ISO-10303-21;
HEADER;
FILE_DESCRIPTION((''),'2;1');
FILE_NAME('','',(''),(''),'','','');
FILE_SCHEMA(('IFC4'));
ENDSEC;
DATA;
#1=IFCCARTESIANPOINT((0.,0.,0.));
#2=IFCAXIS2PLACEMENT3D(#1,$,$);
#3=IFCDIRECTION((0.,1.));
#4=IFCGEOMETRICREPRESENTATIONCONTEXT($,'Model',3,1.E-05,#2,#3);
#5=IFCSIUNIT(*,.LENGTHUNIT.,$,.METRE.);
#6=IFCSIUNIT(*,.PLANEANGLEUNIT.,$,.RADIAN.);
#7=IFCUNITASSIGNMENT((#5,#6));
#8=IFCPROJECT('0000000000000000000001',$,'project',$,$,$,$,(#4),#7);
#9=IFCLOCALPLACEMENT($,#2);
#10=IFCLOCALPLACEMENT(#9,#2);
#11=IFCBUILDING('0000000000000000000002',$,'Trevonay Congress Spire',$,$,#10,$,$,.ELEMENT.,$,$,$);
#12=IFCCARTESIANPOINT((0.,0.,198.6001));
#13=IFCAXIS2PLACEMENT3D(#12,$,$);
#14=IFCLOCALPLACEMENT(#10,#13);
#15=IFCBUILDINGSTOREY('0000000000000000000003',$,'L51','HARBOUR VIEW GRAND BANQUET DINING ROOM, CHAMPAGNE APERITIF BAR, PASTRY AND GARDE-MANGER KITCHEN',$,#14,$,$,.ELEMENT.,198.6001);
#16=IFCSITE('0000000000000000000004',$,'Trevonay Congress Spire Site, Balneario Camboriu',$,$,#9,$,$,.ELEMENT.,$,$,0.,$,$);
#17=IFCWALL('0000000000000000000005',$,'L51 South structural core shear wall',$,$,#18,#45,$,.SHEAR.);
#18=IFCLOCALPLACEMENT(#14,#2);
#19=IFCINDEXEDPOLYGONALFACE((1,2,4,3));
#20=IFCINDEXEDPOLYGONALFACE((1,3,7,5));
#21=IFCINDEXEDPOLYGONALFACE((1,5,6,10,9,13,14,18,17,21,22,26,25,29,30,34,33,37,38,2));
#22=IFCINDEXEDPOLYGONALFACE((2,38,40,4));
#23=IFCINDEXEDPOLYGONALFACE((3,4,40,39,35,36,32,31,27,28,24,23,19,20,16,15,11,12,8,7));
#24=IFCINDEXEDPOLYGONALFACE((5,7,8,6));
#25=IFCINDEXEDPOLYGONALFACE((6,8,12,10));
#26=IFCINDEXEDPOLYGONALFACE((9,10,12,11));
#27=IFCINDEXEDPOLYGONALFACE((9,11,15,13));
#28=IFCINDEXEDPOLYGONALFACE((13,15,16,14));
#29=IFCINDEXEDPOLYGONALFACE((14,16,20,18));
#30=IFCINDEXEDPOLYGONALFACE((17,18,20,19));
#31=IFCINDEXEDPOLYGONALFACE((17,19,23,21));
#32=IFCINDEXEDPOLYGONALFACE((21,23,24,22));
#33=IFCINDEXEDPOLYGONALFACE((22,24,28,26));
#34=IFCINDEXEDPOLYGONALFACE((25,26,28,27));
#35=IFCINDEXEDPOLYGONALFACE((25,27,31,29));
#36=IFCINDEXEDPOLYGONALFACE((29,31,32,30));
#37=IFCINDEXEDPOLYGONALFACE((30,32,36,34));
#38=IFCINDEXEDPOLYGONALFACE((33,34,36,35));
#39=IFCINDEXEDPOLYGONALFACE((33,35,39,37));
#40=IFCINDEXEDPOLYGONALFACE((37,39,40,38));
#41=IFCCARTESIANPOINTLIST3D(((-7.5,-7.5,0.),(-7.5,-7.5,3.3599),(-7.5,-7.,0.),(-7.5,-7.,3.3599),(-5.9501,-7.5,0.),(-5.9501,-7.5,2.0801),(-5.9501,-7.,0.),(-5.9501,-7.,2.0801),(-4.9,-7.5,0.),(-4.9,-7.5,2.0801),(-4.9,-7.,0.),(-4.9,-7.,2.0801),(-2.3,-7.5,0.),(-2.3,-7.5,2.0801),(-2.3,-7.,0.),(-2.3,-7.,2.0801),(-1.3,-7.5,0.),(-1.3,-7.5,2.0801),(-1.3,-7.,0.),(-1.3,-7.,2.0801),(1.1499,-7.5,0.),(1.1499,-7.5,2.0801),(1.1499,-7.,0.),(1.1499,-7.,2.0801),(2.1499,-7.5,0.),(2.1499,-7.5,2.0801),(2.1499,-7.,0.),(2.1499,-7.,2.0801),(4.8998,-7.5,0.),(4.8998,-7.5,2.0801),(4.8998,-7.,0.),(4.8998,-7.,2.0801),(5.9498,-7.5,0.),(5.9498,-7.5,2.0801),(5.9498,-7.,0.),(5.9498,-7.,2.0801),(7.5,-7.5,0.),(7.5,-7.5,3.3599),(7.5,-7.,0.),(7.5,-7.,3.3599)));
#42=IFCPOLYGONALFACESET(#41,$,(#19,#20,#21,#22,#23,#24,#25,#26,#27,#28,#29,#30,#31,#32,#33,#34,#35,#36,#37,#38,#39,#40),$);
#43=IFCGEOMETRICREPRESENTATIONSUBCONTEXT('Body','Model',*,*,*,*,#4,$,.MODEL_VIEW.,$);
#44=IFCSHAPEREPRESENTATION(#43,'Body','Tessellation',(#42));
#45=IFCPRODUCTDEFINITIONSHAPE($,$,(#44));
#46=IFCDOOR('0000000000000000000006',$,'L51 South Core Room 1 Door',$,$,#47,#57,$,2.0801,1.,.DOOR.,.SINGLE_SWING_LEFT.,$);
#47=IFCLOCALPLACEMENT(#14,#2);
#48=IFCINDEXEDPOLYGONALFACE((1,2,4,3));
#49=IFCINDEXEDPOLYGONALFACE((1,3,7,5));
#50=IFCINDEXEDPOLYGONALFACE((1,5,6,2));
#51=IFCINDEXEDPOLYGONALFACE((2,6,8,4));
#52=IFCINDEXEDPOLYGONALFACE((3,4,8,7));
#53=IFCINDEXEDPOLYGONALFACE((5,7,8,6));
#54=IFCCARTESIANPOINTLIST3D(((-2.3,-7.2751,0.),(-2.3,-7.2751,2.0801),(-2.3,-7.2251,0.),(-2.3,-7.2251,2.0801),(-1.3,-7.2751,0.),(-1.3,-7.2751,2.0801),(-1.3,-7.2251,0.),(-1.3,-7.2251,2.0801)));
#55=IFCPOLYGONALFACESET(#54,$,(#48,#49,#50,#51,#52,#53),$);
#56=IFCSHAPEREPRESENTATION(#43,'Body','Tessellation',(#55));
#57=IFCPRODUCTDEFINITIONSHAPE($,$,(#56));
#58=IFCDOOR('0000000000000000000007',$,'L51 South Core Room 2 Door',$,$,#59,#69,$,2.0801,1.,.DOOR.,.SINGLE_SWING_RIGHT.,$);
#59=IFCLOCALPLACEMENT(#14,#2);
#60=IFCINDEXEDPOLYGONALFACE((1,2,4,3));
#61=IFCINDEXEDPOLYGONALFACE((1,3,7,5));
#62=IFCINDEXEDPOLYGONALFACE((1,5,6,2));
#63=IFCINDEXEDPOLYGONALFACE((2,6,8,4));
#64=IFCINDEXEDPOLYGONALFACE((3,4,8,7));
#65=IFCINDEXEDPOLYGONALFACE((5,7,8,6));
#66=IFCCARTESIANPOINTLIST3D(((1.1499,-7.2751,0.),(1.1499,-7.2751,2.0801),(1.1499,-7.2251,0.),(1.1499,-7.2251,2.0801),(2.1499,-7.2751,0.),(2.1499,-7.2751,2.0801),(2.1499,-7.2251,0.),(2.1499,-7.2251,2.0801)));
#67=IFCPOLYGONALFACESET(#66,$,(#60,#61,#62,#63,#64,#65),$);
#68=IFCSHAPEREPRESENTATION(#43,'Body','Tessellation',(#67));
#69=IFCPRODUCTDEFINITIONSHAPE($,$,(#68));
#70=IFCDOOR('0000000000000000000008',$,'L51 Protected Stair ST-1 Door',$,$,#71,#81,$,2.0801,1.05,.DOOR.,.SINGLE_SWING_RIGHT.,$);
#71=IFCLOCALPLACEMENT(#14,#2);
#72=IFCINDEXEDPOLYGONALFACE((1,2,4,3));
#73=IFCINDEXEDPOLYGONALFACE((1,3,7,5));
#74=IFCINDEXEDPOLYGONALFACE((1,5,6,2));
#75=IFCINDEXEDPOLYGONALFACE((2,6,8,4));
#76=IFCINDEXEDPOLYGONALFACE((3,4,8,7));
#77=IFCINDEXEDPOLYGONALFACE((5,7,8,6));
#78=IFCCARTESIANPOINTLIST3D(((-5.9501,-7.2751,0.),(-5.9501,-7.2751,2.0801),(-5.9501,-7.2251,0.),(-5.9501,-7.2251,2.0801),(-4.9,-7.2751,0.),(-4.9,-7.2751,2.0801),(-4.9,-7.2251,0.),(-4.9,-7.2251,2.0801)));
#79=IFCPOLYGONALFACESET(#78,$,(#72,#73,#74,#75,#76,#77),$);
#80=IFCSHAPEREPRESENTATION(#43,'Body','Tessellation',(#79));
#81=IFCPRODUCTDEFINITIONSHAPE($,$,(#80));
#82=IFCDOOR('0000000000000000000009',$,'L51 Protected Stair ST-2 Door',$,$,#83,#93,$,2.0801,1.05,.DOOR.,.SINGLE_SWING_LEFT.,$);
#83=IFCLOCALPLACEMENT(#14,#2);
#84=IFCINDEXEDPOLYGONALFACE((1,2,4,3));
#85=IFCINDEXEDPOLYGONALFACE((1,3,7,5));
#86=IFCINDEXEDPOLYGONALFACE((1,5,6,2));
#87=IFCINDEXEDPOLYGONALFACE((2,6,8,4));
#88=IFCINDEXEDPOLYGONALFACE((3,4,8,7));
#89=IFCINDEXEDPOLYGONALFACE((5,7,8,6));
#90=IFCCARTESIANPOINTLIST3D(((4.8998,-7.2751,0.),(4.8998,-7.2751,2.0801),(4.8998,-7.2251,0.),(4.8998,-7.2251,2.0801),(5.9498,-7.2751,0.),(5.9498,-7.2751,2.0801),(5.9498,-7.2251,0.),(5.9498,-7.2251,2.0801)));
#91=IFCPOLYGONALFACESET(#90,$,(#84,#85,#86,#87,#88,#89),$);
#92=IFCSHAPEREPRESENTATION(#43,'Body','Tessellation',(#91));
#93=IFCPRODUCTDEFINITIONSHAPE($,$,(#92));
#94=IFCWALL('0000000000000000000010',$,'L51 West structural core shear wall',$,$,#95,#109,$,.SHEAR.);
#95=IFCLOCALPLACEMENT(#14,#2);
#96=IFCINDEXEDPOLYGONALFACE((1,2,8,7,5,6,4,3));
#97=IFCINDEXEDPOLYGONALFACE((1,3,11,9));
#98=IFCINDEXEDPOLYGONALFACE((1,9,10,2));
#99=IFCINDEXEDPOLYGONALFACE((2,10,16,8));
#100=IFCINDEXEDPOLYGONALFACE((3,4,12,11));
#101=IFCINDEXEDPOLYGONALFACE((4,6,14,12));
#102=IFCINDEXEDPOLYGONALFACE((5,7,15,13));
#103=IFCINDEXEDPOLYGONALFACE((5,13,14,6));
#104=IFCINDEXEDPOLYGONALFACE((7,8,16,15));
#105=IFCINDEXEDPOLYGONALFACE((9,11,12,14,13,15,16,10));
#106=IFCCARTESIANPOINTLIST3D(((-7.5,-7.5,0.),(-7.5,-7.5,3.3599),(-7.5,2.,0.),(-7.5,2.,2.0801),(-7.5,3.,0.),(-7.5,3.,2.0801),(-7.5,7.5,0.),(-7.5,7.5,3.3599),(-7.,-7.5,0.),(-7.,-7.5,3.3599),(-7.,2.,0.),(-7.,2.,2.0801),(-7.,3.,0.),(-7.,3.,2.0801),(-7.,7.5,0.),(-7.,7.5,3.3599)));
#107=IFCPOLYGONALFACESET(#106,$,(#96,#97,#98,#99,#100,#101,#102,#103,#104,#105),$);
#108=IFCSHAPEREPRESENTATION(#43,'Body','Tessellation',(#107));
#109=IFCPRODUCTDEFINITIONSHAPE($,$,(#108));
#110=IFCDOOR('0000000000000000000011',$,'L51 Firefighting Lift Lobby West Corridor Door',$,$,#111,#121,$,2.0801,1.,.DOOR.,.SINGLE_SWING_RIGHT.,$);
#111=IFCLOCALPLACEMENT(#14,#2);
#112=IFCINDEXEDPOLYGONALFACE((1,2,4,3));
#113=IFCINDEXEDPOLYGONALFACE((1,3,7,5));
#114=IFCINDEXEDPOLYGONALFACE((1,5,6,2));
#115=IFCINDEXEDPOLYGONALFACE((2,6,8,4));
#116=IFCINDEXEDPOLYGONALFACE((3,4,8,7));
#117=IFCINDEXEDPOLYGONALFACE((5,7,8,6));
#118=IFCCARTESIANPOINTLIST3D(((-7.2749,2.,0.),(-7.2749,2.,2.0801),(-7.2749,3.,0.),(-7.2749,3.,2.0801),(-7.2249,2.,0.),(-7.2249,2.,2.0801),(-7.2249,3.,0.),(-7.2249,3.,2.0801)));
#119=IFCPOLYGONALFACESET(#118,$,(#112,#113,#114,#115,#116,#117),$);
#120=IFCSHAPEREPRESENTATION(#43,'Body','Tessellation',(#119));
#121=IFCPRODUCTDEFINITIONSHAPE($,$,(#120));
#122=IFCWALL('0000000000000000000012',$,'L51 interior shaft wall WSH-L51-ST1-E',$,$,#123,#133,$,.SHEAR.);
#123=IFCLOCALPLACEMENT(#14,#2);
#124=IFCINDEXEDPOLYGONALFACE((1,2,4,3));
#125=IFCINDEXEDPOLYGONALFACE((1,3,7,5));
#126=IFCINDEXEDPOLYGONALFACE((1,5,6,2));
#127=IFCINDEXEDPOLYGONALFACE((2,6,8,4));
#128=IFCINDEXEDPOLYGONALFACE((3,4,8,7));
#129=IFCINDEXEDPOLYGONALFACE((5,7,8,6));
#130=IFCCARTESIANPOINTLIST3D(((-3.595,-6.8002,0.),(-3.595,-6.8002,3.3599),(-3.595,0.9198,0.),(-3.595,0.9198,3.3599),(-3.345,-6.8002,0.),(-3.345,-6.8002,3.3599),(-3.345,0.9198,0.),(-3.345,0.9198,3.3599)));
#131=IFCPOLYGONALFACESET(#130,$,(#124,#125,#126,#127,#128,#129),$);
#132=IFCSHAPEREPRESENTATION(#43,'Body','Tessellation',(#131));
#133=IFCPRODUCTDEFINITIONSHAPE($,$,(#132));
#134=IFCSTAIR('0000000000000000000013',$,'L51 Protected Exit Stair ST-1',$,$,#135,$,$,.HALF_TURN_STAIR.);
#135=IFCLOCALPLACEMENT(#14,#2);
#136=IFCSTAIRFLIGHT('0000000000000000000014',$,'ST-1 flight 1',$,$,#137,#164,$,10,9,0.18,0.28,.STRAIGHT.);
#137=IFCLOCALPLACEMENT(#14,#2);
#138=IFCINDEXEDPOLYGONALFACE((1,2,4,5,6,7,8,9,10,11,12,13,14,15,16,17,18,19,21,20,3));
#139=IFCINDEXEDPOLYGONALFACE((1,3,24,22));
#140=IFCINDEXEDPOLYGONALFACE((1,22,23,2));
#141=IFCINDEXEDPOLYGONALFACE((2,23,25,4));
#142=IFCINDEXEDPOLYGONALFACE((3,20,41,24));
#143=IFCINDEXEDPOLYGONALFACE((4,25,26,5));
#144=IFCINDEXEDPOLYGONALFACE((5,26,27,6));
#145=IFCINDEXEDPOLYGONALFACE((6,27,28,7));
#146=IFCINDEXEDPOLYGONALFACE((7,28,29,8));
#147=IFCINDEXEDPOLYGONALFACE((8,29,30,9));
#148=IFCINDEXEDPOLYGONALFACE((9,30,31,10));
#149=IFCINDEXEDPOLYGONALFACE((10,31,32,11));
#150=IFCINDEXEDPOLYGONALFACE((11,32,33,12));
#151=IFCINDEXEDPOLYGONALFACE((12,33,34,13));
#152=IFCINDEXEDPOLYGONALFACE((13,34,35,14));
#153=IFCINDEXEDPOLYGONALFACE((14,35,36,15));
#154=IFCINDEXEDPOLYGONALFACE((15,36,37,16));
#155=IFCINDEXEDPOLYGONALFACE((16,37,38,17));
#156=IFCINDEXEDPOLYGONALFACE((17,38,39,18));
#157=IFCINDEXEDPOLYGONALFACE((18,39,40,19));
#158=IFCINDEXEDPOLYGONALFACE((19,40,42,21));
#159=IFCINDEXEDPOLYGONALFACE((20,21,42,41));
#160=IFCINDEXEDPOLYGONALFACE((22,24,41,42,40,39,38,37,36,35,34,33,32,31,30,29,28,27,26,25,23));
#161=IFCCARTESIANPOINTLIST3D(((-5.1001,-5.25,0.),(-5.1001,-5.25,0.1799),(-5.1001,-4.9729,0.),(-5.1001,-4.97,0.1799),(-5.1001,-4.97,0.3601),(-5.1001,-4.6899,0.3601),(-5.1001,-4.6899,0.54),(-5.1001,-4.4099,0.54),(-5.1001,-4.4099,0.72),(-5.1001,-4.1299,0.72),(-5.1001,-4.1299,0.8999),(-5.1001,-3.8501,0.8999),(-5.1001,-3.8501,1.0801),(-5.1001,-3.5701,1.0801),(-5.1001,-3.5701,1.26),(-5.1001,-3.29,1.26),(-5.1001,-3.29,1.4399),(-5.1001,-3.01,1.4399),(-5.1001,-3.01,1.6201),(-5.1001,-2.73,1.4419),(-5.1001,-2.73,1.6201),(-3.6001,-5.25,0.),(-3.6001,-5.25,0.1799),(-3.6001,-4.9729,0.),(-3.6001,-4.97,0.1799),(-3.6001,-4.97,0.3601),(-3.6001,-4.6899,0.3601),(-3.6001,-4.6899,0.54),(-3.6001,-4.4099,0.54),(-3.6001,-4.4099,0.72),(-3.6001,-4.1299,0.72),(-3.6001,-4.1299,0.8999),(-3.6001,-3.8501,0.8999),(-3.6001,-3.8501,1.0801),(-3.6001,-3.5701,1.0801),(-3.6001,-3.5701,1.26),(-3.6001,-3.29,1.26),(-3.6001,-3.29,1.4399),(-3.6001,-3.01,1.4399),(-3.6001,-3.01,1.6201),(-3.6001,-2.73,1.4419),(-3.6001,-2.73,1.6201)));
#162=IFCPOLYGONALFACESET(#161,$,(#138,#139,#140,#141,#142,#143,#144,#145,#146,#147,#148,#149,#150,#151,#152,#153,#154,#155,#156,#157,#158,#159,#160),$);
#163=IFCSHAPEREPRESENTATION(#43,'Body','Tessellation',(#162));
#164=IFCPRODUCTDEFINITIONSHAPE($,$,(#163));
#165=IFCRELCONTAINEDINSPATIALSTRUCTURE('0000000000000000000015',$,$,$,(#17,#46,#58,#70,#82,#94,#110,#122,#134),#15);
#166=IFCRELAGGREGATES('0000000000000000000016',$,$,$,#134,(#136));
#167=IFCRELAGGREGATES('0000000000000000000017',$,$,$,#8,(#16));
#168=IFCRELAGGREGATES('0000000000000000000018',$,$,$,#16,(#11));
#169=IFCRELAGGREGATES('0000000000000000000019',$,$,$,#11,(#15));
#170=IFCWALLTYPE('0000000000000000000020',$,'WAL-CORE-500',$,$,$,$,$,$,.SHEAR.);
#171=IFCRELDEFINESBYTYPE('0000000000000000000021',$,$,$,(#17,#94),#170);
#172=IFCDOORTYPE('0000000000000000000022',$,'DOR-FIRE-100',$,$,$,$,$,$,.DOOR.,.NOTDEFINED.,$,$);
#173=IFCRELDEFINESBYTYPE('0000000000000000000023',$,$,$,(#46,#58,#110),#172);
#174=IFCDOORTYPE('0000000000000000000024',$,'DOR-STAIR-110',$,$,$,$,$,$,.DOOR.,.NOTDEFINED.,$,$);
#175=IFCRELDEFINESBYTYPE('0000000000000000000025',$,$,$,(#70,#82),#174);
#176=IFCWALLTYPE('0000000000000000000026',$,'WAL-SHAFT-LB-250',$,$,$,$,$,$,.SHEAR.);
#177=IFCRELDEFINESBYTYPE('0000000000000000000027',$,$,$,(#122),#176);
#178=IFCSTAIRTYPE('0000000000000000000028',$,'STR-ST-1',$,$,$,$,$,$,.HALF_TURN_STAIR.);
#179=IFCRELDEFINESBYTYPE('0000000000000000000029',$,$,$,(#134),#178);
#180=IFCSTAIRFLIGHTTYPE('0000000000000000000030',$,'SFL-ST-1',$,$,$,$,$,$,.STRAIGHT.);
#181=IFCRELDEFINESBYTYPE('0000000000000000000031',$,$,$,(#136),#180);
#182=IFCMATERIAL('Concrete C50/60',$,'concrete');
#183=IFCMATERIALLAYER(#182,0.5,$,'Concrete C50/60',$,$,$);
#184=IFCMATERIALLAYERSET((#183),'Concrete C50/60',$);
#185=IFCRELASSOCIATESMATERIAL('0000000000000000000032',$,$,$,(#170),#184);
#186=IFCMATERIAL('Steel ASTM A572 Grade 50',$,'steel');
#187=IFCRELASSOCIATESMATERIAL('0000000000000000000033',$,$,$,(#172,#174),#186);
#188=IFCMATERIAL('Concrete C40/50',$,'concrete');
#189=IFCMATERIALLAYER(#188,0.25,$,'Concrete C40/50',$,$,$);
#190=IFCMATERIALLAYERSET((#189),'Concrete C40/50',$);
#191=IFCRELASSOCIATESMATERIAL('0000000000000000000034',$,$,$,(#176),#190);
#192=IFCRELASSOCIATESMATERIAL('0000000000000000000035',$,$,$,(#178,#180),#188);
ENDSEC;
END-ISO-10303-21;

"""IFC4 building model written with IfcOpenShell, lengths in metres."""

from ifc_helpers import new_model, si_unit, direction, frame, frame_2d, origin, place, context, subcontext, project, spatial, polyline, rectangle, outline, extrude, material, layer, layer_set, type_object, element, fill, aggregate, save


model = new_model("IFC4")

# Units and contexts
model_context = context("Model", 3, precision=1e-05, world=origin(), true_north=direction((0.0, 1.0)))
body_context = subcontext(model_context, "Body", "Model", "MODEL_VIEW")
ifc_project = project(units=[si_unit("LENGTHUNIT", "METRE"), si_unit("PLANEANGLEUNIT", "RADIAN")], contexts=[model_context])

# Site, building, storey
site_placement = place(None, origin())
site = spatial("IfcSite", under=ifc_project, at=site_placement, Name="Trevonay Congress Spire Site, Balneario Camboriu", CompositionType="ELEMENT", RefElevation=0.0)
building_placement = place(site_placement, origin())
building = spatial("IfcBuilding", under=site, at=building_placement, Name="Trevonay Congress Spire", CompositionType="ELEMENT")
storey_placement = place(building_placement, frame((0.0, 0.0, 198.6001)))
storey = spatial("IfcBuildingStorey", under=building, at=storey_placement, Name="L51", Description="HARBOUR VIEW GRAND BANQUET DINING ROOM, CHAMPAGNE APERITIF BAR, PASTRY AND GARDE-MANGER KITCHEN", CompositionType="ELEMENT", Elevation=198.6001)

# Shared definitions
ifc_material_1 = material(Name="Steel ASTM A572 Grade 50", Category="steel")

# Wall, openings, doors
ifc_material_2 = material(Name="Concrete C50/60", Category="concrete")
ifc_layer_1 = layer(ifc_material_2, 0.5, Name="Concrete C50/60")
ifc_layer_set_1 = layer_set([ifc_layer_1], Name="Concrete C50/60")
wall_type_1 = type_object("IfcWallType", Name="WAL-CORE-500", PredefinedType="SHEAR", material=ifc_layer_set_1)
wall_1_placement = place(storey_placement, frame((-7.5, -7.25, 0.0), z_axis=(0.0, 0.0, 1.0), x_axis=(1.0, 0.0, 0.0)))
wall_1 = element("IfcWall", 1, at=wall_1_placement, inside=storey, type_object=wall_type_1, Name="L51 South structural core shear wall", PredefinedType="SHEAR", context=body_context, shape_type="SweptSolid", body=[
    extrude(rectangle(XDim=15.0, YDim=0.5, at=frame_2d((7.5, 0.0))), origin(), (0.0, 0.0, 1.0), 3.3599),
])
opening_1_placement = place(wall_1_placement, frame((1.55, 0.0, 0.0)))
opening_1 = element("IfcOpeningElement", 2, at=opening_1_placement, cuts=wall_1, PredefinedType="OPENING", context=body_context, shape_type="SweptSolid", body=[
    extrude(rectangle(XDim=1.05, YDim=2.0801, at=frame_2d((0.5249, 1.04))), frame((0.0, 0.26, 0.0), z_axis=(0.0, -1.0, 0.0), x_axis=(1.0, 0.0, 0.0)), (0.0, 0.0, 1.0), 0.52),
])
opening_2_placement = place(wall_1_placement, frame((12.3999, 0.0, 0.0)))
opening_2 = element("IfcOpeningElement", 3, at=opening_2_placement, cuts=wall_1, PredefinedType="OPENING", context=body_context, shape_type="SweptSolid", body=[
    extrude(rectangle(XDim=1.05, YDim=2.0801, at=frame_2d((0.5249, 1.04))), frame((0.0, 0.26, 0.0), z_axis=(0.0, -1.0, 0.0), x_axis=(1.0, 0.0, 0.0)), (0.0, 0.0, 1.0), 0.52),
])
opening_3_placement = place(wall_1_placement, frame((5.2, 0.0, 0.0)))
opening_3 = element("IfcOpeningElement", 4, at=opening_3_placement, cuts=wall_1, PredefinedType="OPENING", context=body_context, shape_type="SweptSolid", body=[
    extrude(rectangle(XDim=1.0, YDim=2.0801, at=frame_2d((0.5, 1.04))), frame((0.0, 0.26, 0.0), z_axis=(0.0, -1.0, 0.0), x_axis=(1.0, 0.0, 0.0)), (0.0, 0.0, 1.0), 0.52),
])
opening_4_placement = place(wall_1_placement, frame((8.6499, 0.0, 0.0)))
opening_4 = element("IfcOpeningElement", 5, at=opening_4_placement, cuts=wall_1, PredefinedType="OPENING", context=body_context, shape_type="SweptSolid", body=[
    extrude(rectangle(XDim=1.0, YDim=2.0801, at=frame_2d((0.5, 1.04))), frame((0.0, 0.26, 0.0), z_axis=(0.0, -1.0, 0.0), x_axis=(1.0, 0.0, 0.0)), (0.0, 0.0, 1.0), 0.52),
])
door_type_1 = type_object("IfcDoorType", Name="DOR-FIRE-100", OperationType="NOTDEFINED", PredefinedType="DOOR", material=ifc_material_1)
door_1_placement = place(opening_3_placement, origin())
door_1 = element("IfcDoor", 6, at=door_1_placement, inside=storey, type_object=door_type_1, Name="L51 South Core Room 1 Door", OperationType="SINGLE_SWING_LEFT", OverallHeight=2.0801, OverallWidth=1.0, PredefinedType="DOOR", context=body_context, shape_type="SweptSolid", body=[
    extrude(rectangle(XDim=1.0, YDim=2.0801, at=frame_2d((0.5, 1.04))), frame((0.0, 0.0249, 0.0), z_axis=(0.0, -1.0, 0.0), x_axis=(1.0, 0.0, 0.0)), (0.0, 0.0, 1.0), 0.05),
])
fill(opening_3, door_1)
door_2_placement = place(opening_4_placement, origin())
door_2 = element("IfcDoor", 7, at=door_2_placement, inside=storey, type_object=door_type_1, Name="L51 South Core Room 2 Door", OperationType="SINGLE_SWING_RIGHT", OverallHeight=2.0801, OverallWidth=1.0, PredefinedType="DOOR", context=body_context, shape_type="SweptSolid", body=[
    extrude(rectangle(XDim=1.0, YDim=2.0801, at=frame_2d((0.5, 1.04))), frame((0.0, 0.0249, 0.0), z_axis=(0.0, -1.0, 0.0), x_axis=(1.0, 0.0, 0.0)), (0.0, 0.0, 1.0), 0.05),
])
fill(opening_4, door_2)
door_type_2 = type_object("IfcDoorType", Name="DOR-STAIR-110", OperationType="NOTDEFINED", PredefinedType="DOOR", material=ifc_material_1)
door_3_placement = place(opening_1_placement, origin())
door_3 = element("IfcDoor", 8, at=door_3_placement, inside=storey, type_object=door_type_2, Name="L51 Protected Stair ST-1 Door", OperationType="SINGLE_SWING_RIGHT", OverallHeight=2.0801, OverallWidth=1.05, PredefinedType="DOOR", context=body_context, shape_type="SweptSolid", body=[
    extrude(rectangle(XDim=1.05, YDim=2.0801, at=frame_2d((0.5249, 1.04))), frame((0.0, 0.0249, 0.0), z_axis=(0.0, -1.0, 0.0), x_axis=(1.0, 0.0, 0.0)), (0.0, 0.0, 1.0), 0.05),
])
fill(opening_1, door_3)
door_4_placement = place(opening_2_placement, origin())
door_4 = element("IfcDoor", 9, at=door_4_placement, inside=storey, type_object=door_type_2, Name="L51 Protected Stair ST-2 Door", OperationType="SINGLE_SWING_LEFT", OverallHeight=2.0801, OverallWidth=1.05, PredefinedType="DOOR", context=body_context, shape_type="SweptSolid", body=[
    extrude(rectangle(XDim=1.05, YDim=2.0801, at=frame_2d((0.5249, 1.04))), frame((0.0, 0.0249, 0.0), z_axis=(0.0, -1.0, 0.0), x_axis=(1.0, 0.0, 0.0)), (0.0, 0.0, 1.0), 0.05),
])
fill(opening_2, door_4)

# Wall, opening, door
wall_2_placement = place(storey_placement, frame((-7.25, -7.5, 0.0), z_axis=(0.0, 0.0, 1.0), x_axis=(0.0, 1.0, 0.0)))
wall_2 = element("IfcWall", 10, at=wall_2_placement, inside=storey, type_object=wall_type_1, Name="L51 West structural core shear wall", PredefinedType="SHEAR", context=body_context, shape_type="SweptSolid", body=[
    extrude(rectangle(XDim=15.0, YDim=0.5, at=frame_2d((7.5, 0.0))), origin(), (0.0, 0.0, 1.0), 3.3599),
])
opening_5_placement = place(wall_2_placement, frame((9.5, 0.0, 0.0)))
opening_5 = element("IfcOpeningElement", 11, at=opening_5_placement, cuts=wall_2, PredefinedType="OPENING", context=body_context, shape_type="SweptSolid", body=[
    extrude(rectangle(XDim=1.0, YDim=2.0801, at=frame_2d((0.5, 1.04))), frame((0.0, 0.26, 0.0), z_axis=(0.0, -1.0, 0.0), x_axis=(1.0, 0.0, 0.0)), (0.0, 0.0, 1.0), 0.52),
])
door_5_placement = place(opening_5_placement, origin())
door_5 = element("IfcDoor", 12, at=door_5_placement, inside=storey, type_object=door_type_1, Name="L51 Firefighting Lift Lobby West Corridor Door", OperationType="SINGLE_SWING_RIGHT", OverallHeight=2.0801, OverallWidth=1.0, PredefinedType="DOOR", context=body_context, shape_type="SweptSolid", body=[
    extrude(rectangle(XDim=1.0, YDim=2.0801, at=frame_2d((0.5, 1.04))), frame((0.0, 0.0249, 0.0), z_axis=(0.0, -1.0, 0.0), x_axis=(1.0, 0.0, 0.0)), (0.0, 0.0, 1.0), 0.05),
])
fill(opening_5, door_5)

# Wall
ifc_material_3 = material(Name="Concrete C40/50", Category="concrete")
ifc_layer_2 = layer(ifc_material_3, 0.25, Name="Concrete C40/50")
ifc_layer_set_2 = layer_set([ifc_layer_2], Name="Concrete C40/50")
wall_type_2 = type_object("IfcWallType", Name="WAL-SHAFT-LB-250", PredefinedType="SHEAR", material=ifc_layer_set_2)
wall_3_placement = place(storey_placement, frame((-3.47, -6.8, 0.0), z_axis=(0.0, 0.0, 1.0), x_axis=(0.0, 1.0, 0.0)))
element("IfcWall", 13, at=wall_3_placement, inside=storey, type_object=wall_type_2, Name="L51 interior shaft wall WSH-L51-ST1-E", PredefinedType="SHEAR", context=body_context, shape_type="SweptSolid", body=[
    extrude(rectangle(XDim=7.72, YDim=0.25, at=frame_2d((3.8599, 0.0))), origin(), (0.0, 0.0, 1.0), 3.3599),
])

# Stair, stair flight
stair_type = type_object("IfcStairType", Name="STR-ST-1", PredefinedType="HALF_TURN_STAIR", material=ifc_material_3)
stair_placement = place(storey_placement, origin())
stair = element("IfcStair", 14, at=stair_placement, inside=storey, type_object=stair_type, Name="L51 Protected Exit Stair ST-1", PredefinedType="HALF_TURN_STAIR")
stair_flight_type = type_object("IfcStairFlightType", Name="SFL-ST-1", PredefinedType="STRAIGHT", material=ifc_material_3)
stair_flight_1_placement = place(storey_placement, frame((-4.3501, -5.25, 0.0), z_axis=(0.0, 0.0, 1.0), x_axis=(0.0, 1.0, 0.0)))
stair_flight_1 = element("IfcStairFlight", 15, at=stair_flight_1_placement, type_object=stair_flight_type, Name="ST-1 flight 1", NumberOfRisers=10, NumberOfTreads=9, PredefinedType="STRAIGHT", RiserHeight=0.18, TreadLength=0.28, context=body_context, shape_type="SweptSolid", body=[
    extrude(outline(polyline([(0.0, 0.0), (0.0, 0.1799), (0.28, 0.1799), (0.28, 0.3601), (0.5601, 0.3601), (0.5601, 0.54), (0.8401, 0.54), (0.8401, 0.72), (1.1201, 0.72), (1.1201, 0.8999), (1.3999, 0.8999), (1.3999, 1.0801), (1.6799, 1.0801), (1.6799, 1.26), (1.96, 1.26), (1.96, 1.4399), (2.24, 1.4399), (2.24, 1.6201), (2.52, 1.6201), (2.52, 1.8), (2.52, 1.4419), (0.2771, 0.0), (0.0, 0.0)])), frame((0.0, 0.75, 0.0), z_axis=(0.0, -1.0, 0.0), x_axis=(1.0, 0.0, 0.0)), (0.0, 0.0, 1.0), 1.5),
])
aggregate(stair, [stair_flight_1])

save(model, "model.ifc")
